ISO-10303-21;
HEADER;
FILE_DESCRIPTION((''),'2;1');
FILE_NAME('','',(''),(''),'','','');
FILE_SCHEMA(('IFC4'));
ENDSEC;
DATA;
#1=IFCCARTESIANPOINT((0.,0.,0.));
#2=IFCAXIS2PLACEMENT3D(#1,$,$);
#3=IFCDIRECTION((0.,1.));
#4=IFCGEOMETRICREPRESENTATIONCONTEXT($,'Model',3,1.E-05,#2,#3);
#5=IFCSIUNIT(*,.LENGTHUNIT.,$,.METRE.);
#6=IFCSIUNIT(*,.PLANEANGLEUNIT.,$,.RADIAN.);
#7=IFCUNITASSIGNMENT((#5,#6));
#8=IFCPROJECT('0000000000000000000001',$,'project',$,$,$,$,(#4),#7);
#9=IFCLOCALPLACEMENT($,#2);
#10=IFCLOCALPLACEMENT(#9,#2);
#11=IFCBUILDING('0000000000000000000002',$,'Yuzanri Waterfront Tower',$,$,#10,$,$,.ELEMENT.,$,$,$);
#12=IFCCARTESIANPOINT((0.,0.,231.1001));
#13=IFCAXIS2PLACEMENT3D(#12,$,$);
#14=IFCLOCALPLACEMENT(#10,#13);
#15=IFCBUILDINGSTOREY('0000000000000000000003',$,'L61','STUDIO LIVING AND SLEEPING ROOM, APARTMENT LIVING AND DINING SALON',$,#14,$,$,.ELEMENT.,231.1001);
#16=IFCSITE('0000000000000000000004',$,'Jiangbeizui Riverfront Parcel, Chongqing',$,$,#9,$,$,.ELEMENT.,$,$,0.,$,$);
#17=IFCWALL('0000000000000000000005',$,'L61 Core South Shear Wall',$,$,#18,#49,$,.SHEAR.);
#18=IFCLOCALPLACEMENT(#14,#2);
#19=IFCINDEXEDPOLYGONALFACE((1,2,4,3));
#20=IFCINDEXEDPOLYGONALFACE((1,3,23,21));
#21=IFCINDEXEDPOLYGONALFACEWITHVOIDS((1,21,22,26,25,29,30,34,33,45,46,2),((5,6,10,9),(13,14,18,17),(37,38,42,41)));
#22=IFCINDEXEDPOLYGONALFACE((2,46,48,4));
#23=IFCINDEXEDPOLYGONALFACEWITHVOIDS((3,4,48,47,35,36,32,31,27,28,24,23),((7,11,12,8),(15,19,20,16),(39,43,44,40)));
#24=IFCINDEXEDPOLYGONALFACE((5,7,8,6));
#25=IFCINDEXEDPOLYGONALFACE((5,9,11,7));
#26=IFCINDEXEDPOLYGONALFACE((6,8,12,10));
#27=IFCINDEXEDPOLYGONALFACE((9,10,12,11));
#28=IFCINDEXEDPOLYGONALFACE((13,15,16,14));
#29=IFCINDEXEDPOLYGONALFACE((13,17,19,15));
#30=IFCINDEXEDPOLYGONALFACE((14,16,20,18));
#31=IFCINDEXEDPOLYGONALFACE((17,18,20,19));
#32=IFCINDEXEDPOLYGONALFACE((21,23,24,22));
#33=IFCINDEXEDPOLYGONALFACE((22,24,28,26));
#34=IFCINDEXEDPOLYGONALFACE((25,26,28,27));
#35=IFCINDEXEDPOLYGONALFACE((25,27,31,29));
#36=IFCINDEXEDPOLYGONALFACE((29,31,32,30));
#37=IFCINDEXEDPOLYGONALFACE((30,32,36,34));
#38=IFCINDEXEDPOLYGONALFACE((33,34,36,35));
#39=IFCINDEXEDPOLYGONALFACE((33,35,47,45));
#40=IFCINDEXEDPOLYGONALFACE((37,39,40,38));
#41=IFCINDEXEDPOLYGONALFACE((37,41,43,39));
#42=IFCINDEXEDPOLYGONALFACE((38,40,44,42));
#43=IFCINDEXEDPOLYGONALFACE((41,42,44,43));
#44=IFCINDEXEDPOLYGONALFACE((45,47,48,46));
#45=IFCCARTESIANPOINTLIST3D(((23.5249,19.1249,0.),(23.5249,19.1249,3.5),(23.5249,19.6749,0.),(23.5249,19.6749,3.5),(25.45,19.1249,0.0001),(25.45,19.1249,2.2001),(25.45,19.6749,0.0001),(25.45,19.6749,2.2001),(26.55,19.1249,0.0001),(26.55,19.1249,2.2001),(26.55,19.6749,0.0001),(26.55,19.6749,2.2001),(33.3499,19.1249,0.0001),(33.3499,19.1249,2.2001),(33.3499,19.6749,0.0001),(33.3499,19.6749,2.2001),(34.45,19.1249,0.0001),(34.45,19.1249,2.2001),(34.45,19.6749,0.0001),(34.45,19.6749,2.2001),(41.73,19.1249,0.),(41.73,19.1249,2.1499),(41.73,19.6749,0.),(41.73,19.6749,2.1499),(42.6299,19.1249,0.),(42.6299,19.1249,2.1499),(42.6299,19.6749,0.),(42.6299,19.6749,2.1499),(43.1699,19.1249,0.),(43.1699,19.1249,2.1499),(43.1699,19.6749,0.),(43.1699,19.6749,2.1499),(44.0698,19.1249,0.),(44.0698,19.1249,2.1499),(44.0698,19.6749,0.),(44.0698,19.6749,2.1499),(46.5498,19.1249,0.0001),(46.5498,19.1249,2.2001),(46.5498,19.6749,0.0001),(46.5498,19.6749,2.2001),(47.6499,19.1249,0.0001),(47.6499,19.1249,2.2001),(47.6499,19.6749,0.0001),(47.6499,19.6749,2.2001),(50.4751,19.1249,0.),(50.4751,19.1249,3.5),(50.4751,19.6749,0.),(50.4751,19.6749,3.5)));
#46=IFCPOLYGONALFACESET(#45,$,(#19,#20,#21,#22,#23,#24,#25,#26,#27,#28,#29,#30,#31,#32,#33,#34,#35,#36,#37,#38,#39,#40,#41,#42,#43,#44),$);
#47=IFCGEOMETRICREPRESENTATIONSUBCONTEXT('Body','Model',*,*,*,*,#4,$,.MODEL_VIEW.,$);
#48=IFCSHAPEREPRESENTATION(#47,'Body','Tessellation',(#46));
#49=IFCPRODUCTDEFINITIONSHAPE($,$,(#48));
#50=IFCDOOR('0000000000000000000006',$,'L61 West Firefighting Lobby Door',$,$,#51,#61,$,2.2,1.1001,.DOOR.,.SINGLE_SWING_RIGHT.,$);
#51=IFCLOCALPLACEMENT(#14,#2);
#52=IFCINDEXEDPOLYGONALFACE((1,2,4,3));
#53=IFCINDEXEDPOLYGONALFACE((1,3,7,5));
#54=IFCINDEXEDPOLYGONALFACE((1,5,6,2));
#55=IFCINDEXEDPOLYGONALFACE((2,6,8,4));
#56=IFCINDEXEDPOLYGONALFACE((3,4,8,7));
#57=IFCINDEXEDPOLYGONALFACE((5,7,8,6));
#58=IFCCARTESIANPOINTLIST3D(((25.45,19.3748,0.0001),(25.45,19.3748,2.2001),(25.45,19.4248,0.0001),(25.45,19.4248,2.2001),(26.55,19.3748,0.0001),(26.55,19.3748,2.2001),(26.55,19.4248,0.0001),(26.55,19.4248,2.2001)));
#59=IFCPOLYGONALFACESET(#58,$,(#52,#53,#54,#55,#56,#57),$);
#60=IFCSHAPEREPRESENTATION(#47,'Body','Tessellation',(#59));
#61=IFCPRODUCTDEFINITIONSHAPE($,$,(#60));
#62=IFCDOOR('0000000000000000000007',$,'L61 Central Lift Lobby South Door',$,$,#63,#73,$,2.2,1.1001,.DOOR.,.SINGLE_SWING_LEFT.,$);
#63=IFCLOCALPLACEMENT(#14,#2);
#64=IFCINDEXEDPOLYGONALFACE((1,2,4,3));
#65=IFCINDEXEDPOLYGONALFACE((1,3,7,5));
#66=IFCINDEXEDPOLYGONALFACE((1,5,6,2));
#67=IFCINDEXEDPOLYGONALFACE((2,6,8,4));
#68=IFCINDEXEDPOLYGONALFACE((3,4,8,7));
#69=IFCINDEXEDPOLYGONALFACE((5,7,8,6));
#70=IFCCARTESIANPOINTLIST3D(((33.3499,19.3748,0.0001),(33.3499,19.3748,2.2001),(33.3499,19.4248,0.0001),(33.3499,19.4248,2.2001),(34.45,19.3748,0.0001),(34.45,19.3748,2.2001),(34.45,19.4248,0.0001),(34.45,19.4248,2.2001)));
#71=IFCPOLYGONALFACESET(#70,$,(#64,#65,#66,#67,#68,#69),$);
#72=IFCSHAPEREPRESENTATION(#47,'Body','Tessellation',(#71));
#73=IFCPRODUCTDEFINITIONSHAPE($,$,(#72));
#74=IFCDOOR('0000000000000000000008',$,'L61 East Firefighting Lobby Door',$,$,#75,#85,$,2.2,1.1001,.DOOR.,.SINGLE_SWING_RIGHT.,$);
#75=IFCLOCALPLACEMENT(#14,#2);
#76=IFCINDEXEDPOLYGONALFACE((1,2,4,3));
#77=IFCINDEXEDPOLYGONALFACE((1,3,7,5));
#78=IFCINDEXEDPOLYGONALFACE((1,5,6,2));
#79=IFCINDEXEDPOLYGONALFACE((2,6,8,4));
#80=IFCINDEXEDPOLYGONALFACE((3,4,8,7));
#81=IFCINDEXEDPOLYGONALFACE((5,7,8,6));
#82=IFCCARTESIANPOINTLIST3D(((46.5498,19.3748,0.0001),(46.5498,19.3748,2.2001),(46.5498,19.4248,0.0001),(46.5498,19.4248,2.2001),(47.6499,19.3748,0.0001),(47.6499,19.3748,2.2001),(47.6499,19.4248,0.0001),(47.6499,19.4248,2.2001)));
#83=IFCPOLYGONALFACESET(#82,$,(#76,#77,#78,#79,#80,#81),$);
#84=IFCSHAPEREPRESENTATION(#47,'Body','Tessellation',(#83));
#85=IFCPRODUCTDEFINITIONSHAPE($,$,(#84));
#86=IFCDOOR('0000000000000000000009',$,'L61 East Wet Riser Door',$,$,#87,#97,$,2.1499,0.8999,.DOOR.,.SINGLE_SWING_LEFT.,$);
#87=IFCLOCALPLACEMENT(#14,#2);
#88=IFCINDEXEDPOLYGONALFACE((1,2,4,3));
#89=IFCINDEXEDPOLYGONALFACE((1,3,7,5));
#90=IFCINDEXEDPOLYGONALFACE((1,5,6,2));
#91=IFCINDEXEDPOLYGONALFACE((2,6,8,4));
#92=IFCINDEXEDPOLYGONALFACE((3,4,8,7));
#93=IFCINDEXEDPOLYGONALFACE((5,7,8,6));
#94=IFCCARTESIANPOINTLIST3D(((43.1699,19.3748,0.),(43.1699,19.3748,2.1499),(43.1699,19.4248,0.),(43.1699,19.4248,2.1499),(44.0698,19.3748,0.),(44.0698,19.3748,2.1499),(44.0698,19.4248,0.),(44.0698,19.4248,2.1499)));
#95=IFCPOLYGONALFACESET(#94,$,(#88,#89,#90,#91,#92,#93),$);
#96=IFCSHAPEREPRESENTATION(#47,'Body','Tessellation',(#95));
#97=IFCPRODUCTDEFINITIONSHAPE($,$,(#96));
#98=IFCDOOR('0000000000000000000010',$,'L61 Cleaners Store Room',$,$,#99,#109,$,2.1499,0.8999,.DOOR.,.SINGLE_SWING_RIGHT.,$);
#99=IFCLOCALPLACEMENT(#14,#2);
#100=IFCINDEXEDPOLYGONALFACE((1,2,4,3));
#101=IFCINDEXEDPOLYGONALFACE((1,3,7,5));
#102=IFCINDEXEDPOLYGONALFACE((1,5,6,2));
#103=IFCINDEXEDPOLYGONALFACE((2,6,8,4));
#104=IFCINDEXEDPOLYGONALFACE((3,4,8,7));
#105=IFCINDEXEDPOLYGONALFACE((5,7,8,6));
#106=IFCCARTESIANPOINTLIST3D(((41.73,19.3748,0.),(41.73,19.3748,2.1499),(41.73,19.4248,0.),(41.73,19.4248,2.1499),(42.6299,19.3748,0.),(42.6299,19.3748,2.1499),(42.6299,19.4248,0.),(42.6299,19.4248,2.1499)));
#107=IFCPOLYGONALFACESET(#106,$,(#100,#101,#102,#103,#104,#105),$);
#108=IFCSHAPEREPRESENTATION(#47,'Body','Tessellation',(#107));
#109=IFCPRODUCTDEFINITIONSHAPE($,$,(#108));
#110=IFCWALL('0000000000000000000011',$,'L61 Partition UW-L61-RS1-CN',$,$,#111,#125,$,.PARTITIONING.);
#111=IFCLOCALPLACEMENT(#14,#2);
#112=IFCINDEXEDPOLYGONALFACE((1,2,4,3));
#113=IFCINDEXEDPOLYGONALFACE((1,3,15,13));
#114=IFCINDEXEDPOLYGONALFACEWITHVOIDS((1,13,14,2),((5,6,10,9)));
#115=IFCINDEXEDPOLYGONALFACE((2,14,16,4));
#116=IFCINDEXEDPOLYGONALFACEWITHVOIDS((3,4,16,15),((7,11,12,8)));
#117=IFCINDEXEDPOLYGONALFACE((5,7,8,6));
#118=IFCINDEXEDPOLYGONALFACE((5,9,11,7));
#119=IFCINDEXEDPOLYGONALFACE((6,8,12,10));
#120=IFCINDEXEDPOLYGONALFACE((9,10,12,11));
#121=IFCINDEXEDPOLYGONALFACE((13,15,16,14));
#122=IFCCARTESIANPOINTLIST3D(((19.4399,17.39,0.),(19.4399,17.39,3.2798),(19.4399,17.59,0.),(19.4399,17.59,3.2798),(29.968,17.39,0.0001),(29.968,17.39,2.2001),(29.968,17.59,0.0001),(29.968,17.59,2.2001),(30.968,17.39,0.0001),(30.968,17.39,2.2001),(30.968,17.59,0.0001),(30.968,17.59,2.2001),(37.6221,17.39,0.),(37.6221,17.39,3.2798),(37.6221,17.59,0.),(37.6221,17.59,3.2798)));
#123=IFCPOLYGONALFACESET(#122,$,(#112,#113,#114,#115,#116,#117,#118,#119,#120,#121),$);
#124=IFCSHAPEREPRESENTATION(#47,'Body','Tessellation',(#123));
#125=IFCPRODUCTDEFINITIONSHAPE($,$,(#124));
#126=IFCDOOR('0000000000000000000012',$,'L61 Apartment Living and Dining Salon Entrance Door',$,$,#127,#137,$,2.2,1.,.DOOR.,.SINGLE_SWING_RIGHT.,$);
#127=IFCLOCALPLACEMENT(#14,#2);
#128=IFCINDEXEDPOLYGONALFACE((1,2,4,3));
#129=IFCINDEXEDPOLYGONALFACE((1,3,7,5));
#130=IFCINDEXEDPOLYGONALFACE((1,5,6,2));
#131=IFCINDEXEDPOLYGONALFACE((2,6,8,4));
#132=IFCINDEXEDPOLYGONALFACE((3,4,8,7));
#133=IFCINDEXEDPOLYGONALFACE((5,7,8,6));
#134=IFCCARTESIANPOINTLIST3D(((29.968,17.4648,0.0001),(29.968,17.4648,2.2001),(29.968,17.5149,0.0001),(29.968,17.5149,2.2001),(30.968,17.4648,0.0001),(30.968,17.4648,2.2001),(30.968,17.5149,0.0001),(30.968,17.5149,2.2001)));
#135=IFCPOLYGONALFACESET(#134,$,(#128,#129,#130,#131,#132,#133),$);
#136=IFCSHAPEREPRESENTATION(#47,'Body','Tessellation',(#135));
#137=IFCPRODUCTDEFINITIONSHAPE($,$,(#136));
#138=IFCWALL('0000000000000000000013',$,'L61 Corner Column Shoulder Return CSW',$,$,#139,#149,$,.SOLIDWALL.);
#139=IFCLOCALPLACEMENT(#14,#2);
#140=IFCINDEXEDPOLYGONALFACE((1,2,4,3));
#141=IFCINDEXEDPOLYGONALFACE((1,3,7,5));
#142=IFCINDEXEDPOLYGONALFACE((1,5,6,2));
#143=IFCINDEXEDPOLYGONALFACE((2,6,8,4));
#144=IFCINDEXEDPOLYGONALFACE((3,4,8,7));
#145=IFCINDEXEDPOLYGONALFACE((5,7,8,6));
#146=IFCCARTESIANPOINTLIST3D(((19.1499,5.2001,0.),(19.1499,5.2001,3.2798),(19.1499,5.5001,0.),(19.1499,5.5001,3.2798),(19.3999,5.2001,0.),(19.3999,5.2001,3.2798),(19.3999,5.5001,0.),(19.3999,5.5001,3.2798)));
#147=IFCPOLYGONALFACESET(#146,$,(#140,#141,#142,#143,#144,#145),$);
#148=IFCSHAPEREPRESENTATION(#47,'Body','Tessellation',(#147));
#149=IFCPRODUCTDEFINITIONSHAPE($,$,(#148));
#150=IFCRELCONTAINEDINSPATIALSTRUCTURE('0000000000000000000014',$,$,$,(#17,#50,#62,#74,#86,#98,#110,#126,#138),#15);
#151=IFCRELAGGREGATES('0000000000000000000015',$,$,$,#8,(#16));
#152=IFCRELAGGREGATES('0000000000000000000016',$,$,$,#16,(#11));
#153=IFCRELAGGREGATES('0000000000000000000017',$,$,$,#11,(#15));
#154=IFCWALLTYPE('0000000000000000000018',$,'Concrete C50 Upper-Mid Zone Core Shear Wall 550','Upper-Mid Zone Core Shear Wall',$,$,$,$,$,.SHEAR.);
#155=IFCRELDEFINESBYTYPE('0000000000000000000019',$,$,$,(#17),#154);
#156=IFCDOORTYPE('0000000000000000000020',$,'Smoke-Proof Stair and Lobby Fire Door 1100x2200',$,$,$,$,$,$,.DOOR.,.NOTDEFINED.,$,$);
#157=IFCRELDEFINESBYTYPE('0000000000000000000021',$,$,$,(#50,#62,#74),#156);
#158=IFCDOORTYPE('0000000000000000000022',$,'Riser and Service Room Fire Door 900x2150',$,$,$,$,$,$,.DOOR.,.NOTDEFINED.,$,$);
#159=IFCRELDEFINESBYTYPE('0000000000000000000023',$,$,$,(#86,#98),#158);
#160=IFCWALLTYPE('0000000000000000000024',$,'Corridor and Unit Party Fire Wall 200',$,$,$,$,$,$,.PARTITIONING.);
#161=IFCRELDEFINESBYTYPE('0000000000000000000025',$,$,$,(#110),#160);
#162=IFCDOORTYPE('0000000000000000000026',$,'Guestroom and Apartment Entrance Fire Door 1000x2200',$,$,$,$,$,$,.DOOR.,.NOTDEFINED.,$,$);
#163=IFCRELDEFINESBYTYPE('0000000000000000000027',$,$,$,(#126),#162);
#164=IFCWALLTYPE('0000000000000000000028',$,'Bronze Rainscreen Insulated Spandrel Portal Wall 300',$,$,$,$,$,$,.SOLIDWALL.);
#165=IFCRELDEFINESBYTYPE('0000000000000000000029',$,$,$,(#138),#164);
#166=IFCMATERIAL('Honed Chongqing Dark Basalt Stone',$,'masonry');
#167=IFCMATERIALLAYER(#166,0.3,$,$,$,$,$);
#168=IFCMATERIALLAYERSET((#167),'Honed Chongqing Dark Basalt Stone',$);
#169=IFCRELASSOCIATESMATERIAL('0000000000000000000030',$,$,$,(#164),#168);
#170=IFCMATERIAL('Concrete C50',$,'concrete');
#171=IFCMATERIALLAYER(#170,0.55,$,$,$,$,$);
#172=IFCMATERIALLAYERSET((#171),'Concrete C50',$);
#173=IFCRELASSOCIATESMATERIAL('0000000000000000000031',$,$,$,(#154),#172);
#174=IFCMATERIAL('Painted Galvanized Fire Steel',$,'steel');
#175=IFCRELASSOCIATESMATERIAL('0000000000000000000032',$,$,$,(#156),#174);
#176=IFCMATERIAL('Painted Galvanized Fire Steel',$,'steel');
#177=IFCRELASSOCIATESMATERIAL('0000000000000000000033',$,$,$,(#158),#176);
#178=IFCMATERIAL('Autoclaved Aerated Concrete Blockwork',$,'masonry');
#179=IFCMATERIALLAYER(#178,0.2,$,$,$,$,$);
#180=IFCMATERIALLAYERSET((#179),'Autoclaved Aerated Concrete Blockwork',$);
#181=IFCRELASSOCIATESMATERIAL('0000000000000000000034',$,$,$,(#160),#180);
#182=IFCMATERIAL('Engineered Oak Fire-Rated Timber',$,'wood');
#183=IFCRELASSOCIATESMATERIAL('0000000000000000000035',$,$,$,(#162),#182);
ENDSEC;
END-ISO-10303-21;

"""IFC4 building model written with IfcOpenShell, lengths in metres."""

from ifc_helpers import new_model, si_unit, direction, frame, frame_2d, origin, place, context, subcontext, project, spatial, rectangle, extrude, source, transform, mapped, material, layer, layer_set, type_object, element, fill, save


model = new_model("IFC4")

# Units and contexts
model_context = context("Model", 3, precision=1e-05, world=origin(), true_north=direction((0.0, 1.0)))
body_context = subcontext(model_context, "Body", "Model", "MODEL_VIEW")
ifc_project = project(units=[si_unit("LENGTHUNIT", "METRE"), si_unit("PLANEANGLEUNIT", "RADIAN")], contexts=[model_context])

# Site, building, storey
site_placement = place(None, origin())
site = spatial("IfcSite", under=ifc_project, at=site_placement, Name="Jiangbeizui Riverfront Parcel, Chongqing", CompositionType="ELEMENT", RefElevation=0.0)
building_placement = place(site_placement, origin())
building = spatial("IfcBuilding", under=site, at=building_placement, Name="Yuzanri Waterfront Tower", CompositionType="ELEMENT")
storey_placement = place(building_placement, frame((0.0, 0.0, 231.1001)))
storey = spatial("IfcBuildingStorey", under=building, at=storey_placement, Name="L61", Description="STUDIO LIVING AND SLEEPING ROOM, APARTMENT LIVING AND DINING SALON", CompositionType="ELEMENT", Elevation=231.1001)

# Shared definitions
ifc_material_1 = material(Name="Honed Chongqing Dark Basalt Stone", Category="masonry")
ifc_layer_1 = layer(ifc_material_1, 0.3)
ifc_layer_set_1 = layer_set([ifc_layer_1], Name="Honed Chongqing Dark Basalt Stone")
wall_type_1 = type_object("IfcWallType", Name="Bronze Rainscreen Insulated Spandrel Portal Wall 300", PredefinedType="SOLIDWALL", material=ifc_layer_set_1)

# Wall, openings, doors
ifc_material_2 = material(Name="Concrete C50", Category="concrete")
ifc_layer_2 = layer(ifc_material_2, 0.55)
ifc_layer_set_2 = layer_set([ifc_layer_2], Name="Concrete C50")
wall_type_2 = type_object("IfcWallType", Name="Concrete C50 Upper-Mid Zone Core Shear Wall 550", Description="Upper-Mid Zone Core Shear Wall", PredefinedType="SHEAR", material=ifc_layer_set_2)
wall_1_placement = place(storey_placement, frame((23.5249, 19.3999, 0.0), z_axis=(0.0, 0.0, 1.0), x_axis=(1.0, 0.0, 0.0)))
wall_1 = element("IfcWall", 1, at=wall_1_placement, inside=storey, type_object=wall_type_2, Name="L61 Core South Shear Wall", PredefinedType="SHEAR", context=body_context, shape_type="SweptSolid", body=[
    extrude(rectangle(XDim=26.9502, YDim=0.55, at=frame_2d((13.4751, 0.0))), origin(), (0.0, 0.0, 1.0), 3.5),
])
opening_1_placement = place(wall_1_placement, frame((1.925, 0.0, 0.0)))
opening_1 = element("IfcOpeningElement", 2, at=opening_1_placement, cuts=wall_1, PredefinedType="OPENING", context=body_context, shape_type="SweptSolid", body=[
    extrude(rectangle(XDim=1.1001, YDim=2.2, at=frame_2d((0.55, 1.1001))), frame((0.0, 0.29, 0.0), z_axis=(0.0, -1.0, 0.0), x_axis=(1.0, 0.0, 0.0)), (0.0, 0.0, 1.0), 0.5798),
])
opening_2_placement = place(wall_1_placement, frame((9.825, 0.0, 0.0)))
opening_2 = element("IfcOpeningElement", 3, at=opening_2_placement, cuts=wall_1, PredefinedType="OPENING", context=body_context, shape_type="SweptSolid", body=[
    extrude(rectangle(XDim=1.1001, YDim=2.2, at=frame_2d((0.55, 1.1001))), frame((0.0, 0.29, 0.0), z_axis=(0.0, -1.0, 0.0), x_axis=(1.0, 0.0, 0.0)), (0.0, 0.0, 1.0), 0.5798),
])
opening_3_placement = place(wall_1_placement, frame((23.0249, 0.0, 0.0)))
opening_3 = element("IfcOpeningElement", 4, at=opening_3_placement, cuts=wall_1, PredefinedType="OPENING", context=body_context, shape_type="SweptSolid", body=[
    extrude(rectangle(XDim=1.1001, YDim=2.2, at=frame_2d((0.55, 1.1001))), frame((0.0, 0.29, 0.0), z_axis=(0.0, -1.0, 0.0), x_axis=(1.0, 0.0, 0.0)), (0.0, 0.0, 1.0), 0.5798),
])
opening_4_placement = place(wall_1_placement, frame((19.645, 0.0, 0.0)))
opening_4 = element("IfcOpeningElement", 5, at=opening_4_placement, cuts=wall_1, PredefinedType="OPENING", context=body_context, shape_type="SweptSolid", body=[
    extrude(rectangle(XDim=0.8999, YDim=2.1499, at=frame_2d((0.45, 1.075))), frame((0.0, 0.29, 0.0), z_axis=(0.0, -1.0, 0.0), x_axis=(1.0, 0.0, 0.0)), (0.0, 0.0, 1.0), 0.5798),
])
opening_5_placement = place(wall_1_placement, frame((18.2051, 0.0, 0.0)))
opening_5 = element("IfcOpeningElement", 6, at=opening_5_placement, cuts=wall_1, PredefinedType="OPENING", context=body_context, shape_type="SweptSolid", body=[
    extrude(rectangle(XDim=0.8999, YDim=2.1499, at=frame_2d((0.45, 1.075))), frame((0.0, 0.29, 0.0), z_axis=(0.0, -1.0, 0.0), x_axis=(1.0, 0.0, 0.0)), (0.0, 0.0, 1.0), 0.5798),
])
ifc_material_3 = material(Name="Painted Galvanized Fire Steel", Category="steel")
door_type_1 = type_object("IfcDoorType", Name="Smoke-Proof Stair and Lobby Fire Door 1100x2200", OperationType="NOTDEFINED", PredefinedType="DOOR", material=ifc_material_3)
shared_shape_1 = source(origin(), body_context, "Body", "SweptSolid", [
    extrude(rectangle(XDim=1.1001, YDim=2.2, at=frame_2d((0.55, 1.1001))), frame((0.0, 0.0249, 0.0), z_axis=(0.0, -1.0, 0.0), x_axis=(1.0, 0.0, 0.0)), (0.0, 0.0, 1.0), 0.05),
])
door_1_placement = place(opening_1_placement, origin())
door_1 = element("IfcDoor", 7, at=door_1_placement, inside=storey, type_object=door_type_1, Name="L61 West Firefighting Lobby Door", OperationType="SINGLE_SWING_RIGHT", OverallHeight=2.2, OverallWidth=1.1001, PredefinedType="DOOR", context=body_context, shape_type="MappedRepresentation", body=[
    mapped(shared_shape_1, transform((0.0, 0.0, 0.0), scale=1.0)),
])
fill(opening_1, door_1)
door_2_placement = place(opening_2_placement, origin())
door_2 = element("IfcDoor", 8, at=door_2_placement, inside=storey, type_object=door_type_1, Name="L61 Central Lift Lobby South Door", OperationType="SINGLE_SWING_LEFT", OverallHeight=2.2, OverallWidth=1.1001, PredefinedType="DOOR", context=body_context, shape_type="MappedRepresentation", body=[
    mapped(shared_shape_1, transform((0.0, 0.0, 0.0), scale=1.0)),
])
fill(opening_2, door_2)
door_3_placement = place(opening_3_placement, origin())
door_3 = element("IfcDoor", 9, at=door_3_placement, inside=storey, type_object=door_type_1, Name="L61 East Firefighting Lobby Door", OperationType="SINGLE_SWING_RIGHT", OverallHeight=2.2, OverallWidth=1.1001, PredefinedType="DOOR", context=body_context, shape_type="MappedRepresentation", body=[
    mapped(shared_shape_1, transform((0.0, 0.0, 0.0), scale=1.0)),
])
fill(opening_3, door_3)
ifc_material_4 = material(Name="Painted Galvanized Fire Steel", Category="steel")
door_type_2 = type_object("IfcDoorType", Name="Riser and Service Room Fire Door 900x2150", OperationType="NOTDEFINED", PredefinedType="DOOR", material=ifc_material_4)
shared_shape_2 = source(origin(), body_context, "Body", "SweptSolid", [
    extrude(rectangle(XDim=0.8999, YDim=2.1499, at=frame_2d((0.45, 1.075))), frame((0.0, 0.0249, 0.0), z_axis=(0.0, -1.0, 0.0), x_axis=(1.0, 0.0, 0.0)), (0.0, 0.0, 1.0), 0.05),
])
door_4_placement = place(opening_4_placement, origin())
door_4 = element("IfcDoor", 10, at=door_4_placement, inside=storey, type_object=door_type_2, Name="L61 East Wet Riser Door", OperationType="SINGLE_SWING_LEFT", OverallHeight=2.1499, OverallWidth=0.8999, PredefinedType="DOOR", context=body_context, shape_type="MappedRepresentation", body=[
    mapped(shared_shape_2, transform((0.0, 0.0, 0.0), scale=1.0)),
])
fill(opening_4, door_4)
door_5_placement = place(opening_5_placement, origin())
door_5 = element("IfcDoor", 11, at=door_5_placement, inside=storey, type_object=door_type_2, Name="L61 Cleaners Store Room", OperationType="SINGLE_SWING_RIGHT", OverallHeight=2.1499, OverallWidth=0.8999, PredefinedType="DOOR", context=body_context, shape_type="MappedRepresentation", body=[
    mapped(shared_shape_2, transform((0.0, 0.0, 0.0), scale=1.0)),
])
fill(opening_5, door_5)

# Wall, opening, door
ifc_material_5 = material(Name="Autoclaved Aerated Concrete Blockwork", Category="masonry")
ifc_layer_3 = layer(ifc_material_5, 0.2)
ifc_layer_set_3 = layer_set([ifc_layer_3], Name="Autoclaved Aerated Concrete Blockwork")
wall_type_3 = type_object("IfcWallType", Name="Corridor and Unit Party Fire Wall 200", PredefinedType="PARTITIONING", material=ifc_layer_set_3)
wall_2_placement = place(storey_placement, frame((19.4399, 17.49, 0.0), z_axis=(0.0, 0.0, 1.0), x_axis=(1.0, 0.0, 0.0)))
wall_2 = element("IfcWall", 12, at=wall_2_placement, inside=storey, type_object=wall_type_3, Name="L61 Partition UW-L61-RS1-CN", PredefinedType="PARTITIONING", context=body_context, shape_type="SweptSolid", body=[
    extrude(rectangle(XDim=18.1821, YDim=0.2, at=frame_2d((9.0911, 0.0))), origin(), (0.0, 0.0, 1.0), 3.2798),
])
opening_6_placement = place(wall_2_placement, frame((10.5281, 0.0, 0.0)))
opening_6 = element("IfcOpeningElement", 13, at=opening_6_placement, cuts=wall_2, PredefinedType="OPENING", context=body_context, shape_type="SweptSolid", body=[
    extrude(rectangle(XDim=1.0, YDim=2.2, at=frame_2d((0.5, 1.1001))), frame((0.0, 0.1147, 0.0), z_axis=(0.0, -1.0, 0.0), x_axis=(1.0, 0.0, 0.0)), (0.0, 0.0, 1.0), 0.2297),
])
ifc_material_6 = material(Name="Engineered Oak Fire-Rated Timber", Category="wood")
door_type_3 = type_object("IfcDoorType", Name="Guestroom and Apartment Entrance Fire Door 1000x2200", OperationType="NOTDEFINED", PredefinedType="DOOR", material=ifc_material_6)
shared_shape_3 = source(origin(), body_context, "Body", "SweptSolid", [
    extrude(rectangle(XDim=1.0, YDim=2.2, at=frame_2d((0.5, 1.1001))), frame((0.0, 0.0249, 0.0), z_axis=(0.0, -1.0, 0.0), x_axis=(1.0, 0.0, 0.0)), (0.0, 0.0, 1.0), 0.05),
])
door_6_placement = place(opening_6_placement, origin())
door_6 = element("IfcDoor", 14, at=door_6_placement, inside=storey, type_object=door_type_3, Name="L61 Apartment Living and Dining Salon Entrance Door", OperationType="SINGLE_SWING_RIGHT", OverallHeight=2.2, OverallWidth=1.0, PredefinedType="DOOR", context=body_context, shape_type="MappedRepresentation", body=[
    mapped(shared_shape_3, transform((0.0, 0.0, 0.0), scale=1.0)),
])
fill(opening_6, door_6)

# Wall
shared_shape_4 = source(origin(), body_context, "Body", "SweptSolid", [
    extrude(rectangle(XDim=0.25, YDim=0.3, at=frame_2d((0.125, 0.0))), origin(), (0.0, 0.0, 1.0), 3.2798),
])
wall_3_placement = place(storey_placement, frame((19.1499, 5.3501, 0.0), z_axis=(0.0, 0.0, 1.0), x_axis=(1.0, 0.0, 0.0)))
element("IfcWall", 15, at=wall_3_placement, inside=storey, type_object=wall_type_1, Name="L61 Corner Column Shoulder Return CSW", PredefinedType="SOLIDWALL", context=body_context, shape_type="MappedRepresentation", body=[
    mapped(shared_shape_4, transform((0.0, 0.0, 0.0), scale=1.0)),
])

save(model, "model.ifc")
